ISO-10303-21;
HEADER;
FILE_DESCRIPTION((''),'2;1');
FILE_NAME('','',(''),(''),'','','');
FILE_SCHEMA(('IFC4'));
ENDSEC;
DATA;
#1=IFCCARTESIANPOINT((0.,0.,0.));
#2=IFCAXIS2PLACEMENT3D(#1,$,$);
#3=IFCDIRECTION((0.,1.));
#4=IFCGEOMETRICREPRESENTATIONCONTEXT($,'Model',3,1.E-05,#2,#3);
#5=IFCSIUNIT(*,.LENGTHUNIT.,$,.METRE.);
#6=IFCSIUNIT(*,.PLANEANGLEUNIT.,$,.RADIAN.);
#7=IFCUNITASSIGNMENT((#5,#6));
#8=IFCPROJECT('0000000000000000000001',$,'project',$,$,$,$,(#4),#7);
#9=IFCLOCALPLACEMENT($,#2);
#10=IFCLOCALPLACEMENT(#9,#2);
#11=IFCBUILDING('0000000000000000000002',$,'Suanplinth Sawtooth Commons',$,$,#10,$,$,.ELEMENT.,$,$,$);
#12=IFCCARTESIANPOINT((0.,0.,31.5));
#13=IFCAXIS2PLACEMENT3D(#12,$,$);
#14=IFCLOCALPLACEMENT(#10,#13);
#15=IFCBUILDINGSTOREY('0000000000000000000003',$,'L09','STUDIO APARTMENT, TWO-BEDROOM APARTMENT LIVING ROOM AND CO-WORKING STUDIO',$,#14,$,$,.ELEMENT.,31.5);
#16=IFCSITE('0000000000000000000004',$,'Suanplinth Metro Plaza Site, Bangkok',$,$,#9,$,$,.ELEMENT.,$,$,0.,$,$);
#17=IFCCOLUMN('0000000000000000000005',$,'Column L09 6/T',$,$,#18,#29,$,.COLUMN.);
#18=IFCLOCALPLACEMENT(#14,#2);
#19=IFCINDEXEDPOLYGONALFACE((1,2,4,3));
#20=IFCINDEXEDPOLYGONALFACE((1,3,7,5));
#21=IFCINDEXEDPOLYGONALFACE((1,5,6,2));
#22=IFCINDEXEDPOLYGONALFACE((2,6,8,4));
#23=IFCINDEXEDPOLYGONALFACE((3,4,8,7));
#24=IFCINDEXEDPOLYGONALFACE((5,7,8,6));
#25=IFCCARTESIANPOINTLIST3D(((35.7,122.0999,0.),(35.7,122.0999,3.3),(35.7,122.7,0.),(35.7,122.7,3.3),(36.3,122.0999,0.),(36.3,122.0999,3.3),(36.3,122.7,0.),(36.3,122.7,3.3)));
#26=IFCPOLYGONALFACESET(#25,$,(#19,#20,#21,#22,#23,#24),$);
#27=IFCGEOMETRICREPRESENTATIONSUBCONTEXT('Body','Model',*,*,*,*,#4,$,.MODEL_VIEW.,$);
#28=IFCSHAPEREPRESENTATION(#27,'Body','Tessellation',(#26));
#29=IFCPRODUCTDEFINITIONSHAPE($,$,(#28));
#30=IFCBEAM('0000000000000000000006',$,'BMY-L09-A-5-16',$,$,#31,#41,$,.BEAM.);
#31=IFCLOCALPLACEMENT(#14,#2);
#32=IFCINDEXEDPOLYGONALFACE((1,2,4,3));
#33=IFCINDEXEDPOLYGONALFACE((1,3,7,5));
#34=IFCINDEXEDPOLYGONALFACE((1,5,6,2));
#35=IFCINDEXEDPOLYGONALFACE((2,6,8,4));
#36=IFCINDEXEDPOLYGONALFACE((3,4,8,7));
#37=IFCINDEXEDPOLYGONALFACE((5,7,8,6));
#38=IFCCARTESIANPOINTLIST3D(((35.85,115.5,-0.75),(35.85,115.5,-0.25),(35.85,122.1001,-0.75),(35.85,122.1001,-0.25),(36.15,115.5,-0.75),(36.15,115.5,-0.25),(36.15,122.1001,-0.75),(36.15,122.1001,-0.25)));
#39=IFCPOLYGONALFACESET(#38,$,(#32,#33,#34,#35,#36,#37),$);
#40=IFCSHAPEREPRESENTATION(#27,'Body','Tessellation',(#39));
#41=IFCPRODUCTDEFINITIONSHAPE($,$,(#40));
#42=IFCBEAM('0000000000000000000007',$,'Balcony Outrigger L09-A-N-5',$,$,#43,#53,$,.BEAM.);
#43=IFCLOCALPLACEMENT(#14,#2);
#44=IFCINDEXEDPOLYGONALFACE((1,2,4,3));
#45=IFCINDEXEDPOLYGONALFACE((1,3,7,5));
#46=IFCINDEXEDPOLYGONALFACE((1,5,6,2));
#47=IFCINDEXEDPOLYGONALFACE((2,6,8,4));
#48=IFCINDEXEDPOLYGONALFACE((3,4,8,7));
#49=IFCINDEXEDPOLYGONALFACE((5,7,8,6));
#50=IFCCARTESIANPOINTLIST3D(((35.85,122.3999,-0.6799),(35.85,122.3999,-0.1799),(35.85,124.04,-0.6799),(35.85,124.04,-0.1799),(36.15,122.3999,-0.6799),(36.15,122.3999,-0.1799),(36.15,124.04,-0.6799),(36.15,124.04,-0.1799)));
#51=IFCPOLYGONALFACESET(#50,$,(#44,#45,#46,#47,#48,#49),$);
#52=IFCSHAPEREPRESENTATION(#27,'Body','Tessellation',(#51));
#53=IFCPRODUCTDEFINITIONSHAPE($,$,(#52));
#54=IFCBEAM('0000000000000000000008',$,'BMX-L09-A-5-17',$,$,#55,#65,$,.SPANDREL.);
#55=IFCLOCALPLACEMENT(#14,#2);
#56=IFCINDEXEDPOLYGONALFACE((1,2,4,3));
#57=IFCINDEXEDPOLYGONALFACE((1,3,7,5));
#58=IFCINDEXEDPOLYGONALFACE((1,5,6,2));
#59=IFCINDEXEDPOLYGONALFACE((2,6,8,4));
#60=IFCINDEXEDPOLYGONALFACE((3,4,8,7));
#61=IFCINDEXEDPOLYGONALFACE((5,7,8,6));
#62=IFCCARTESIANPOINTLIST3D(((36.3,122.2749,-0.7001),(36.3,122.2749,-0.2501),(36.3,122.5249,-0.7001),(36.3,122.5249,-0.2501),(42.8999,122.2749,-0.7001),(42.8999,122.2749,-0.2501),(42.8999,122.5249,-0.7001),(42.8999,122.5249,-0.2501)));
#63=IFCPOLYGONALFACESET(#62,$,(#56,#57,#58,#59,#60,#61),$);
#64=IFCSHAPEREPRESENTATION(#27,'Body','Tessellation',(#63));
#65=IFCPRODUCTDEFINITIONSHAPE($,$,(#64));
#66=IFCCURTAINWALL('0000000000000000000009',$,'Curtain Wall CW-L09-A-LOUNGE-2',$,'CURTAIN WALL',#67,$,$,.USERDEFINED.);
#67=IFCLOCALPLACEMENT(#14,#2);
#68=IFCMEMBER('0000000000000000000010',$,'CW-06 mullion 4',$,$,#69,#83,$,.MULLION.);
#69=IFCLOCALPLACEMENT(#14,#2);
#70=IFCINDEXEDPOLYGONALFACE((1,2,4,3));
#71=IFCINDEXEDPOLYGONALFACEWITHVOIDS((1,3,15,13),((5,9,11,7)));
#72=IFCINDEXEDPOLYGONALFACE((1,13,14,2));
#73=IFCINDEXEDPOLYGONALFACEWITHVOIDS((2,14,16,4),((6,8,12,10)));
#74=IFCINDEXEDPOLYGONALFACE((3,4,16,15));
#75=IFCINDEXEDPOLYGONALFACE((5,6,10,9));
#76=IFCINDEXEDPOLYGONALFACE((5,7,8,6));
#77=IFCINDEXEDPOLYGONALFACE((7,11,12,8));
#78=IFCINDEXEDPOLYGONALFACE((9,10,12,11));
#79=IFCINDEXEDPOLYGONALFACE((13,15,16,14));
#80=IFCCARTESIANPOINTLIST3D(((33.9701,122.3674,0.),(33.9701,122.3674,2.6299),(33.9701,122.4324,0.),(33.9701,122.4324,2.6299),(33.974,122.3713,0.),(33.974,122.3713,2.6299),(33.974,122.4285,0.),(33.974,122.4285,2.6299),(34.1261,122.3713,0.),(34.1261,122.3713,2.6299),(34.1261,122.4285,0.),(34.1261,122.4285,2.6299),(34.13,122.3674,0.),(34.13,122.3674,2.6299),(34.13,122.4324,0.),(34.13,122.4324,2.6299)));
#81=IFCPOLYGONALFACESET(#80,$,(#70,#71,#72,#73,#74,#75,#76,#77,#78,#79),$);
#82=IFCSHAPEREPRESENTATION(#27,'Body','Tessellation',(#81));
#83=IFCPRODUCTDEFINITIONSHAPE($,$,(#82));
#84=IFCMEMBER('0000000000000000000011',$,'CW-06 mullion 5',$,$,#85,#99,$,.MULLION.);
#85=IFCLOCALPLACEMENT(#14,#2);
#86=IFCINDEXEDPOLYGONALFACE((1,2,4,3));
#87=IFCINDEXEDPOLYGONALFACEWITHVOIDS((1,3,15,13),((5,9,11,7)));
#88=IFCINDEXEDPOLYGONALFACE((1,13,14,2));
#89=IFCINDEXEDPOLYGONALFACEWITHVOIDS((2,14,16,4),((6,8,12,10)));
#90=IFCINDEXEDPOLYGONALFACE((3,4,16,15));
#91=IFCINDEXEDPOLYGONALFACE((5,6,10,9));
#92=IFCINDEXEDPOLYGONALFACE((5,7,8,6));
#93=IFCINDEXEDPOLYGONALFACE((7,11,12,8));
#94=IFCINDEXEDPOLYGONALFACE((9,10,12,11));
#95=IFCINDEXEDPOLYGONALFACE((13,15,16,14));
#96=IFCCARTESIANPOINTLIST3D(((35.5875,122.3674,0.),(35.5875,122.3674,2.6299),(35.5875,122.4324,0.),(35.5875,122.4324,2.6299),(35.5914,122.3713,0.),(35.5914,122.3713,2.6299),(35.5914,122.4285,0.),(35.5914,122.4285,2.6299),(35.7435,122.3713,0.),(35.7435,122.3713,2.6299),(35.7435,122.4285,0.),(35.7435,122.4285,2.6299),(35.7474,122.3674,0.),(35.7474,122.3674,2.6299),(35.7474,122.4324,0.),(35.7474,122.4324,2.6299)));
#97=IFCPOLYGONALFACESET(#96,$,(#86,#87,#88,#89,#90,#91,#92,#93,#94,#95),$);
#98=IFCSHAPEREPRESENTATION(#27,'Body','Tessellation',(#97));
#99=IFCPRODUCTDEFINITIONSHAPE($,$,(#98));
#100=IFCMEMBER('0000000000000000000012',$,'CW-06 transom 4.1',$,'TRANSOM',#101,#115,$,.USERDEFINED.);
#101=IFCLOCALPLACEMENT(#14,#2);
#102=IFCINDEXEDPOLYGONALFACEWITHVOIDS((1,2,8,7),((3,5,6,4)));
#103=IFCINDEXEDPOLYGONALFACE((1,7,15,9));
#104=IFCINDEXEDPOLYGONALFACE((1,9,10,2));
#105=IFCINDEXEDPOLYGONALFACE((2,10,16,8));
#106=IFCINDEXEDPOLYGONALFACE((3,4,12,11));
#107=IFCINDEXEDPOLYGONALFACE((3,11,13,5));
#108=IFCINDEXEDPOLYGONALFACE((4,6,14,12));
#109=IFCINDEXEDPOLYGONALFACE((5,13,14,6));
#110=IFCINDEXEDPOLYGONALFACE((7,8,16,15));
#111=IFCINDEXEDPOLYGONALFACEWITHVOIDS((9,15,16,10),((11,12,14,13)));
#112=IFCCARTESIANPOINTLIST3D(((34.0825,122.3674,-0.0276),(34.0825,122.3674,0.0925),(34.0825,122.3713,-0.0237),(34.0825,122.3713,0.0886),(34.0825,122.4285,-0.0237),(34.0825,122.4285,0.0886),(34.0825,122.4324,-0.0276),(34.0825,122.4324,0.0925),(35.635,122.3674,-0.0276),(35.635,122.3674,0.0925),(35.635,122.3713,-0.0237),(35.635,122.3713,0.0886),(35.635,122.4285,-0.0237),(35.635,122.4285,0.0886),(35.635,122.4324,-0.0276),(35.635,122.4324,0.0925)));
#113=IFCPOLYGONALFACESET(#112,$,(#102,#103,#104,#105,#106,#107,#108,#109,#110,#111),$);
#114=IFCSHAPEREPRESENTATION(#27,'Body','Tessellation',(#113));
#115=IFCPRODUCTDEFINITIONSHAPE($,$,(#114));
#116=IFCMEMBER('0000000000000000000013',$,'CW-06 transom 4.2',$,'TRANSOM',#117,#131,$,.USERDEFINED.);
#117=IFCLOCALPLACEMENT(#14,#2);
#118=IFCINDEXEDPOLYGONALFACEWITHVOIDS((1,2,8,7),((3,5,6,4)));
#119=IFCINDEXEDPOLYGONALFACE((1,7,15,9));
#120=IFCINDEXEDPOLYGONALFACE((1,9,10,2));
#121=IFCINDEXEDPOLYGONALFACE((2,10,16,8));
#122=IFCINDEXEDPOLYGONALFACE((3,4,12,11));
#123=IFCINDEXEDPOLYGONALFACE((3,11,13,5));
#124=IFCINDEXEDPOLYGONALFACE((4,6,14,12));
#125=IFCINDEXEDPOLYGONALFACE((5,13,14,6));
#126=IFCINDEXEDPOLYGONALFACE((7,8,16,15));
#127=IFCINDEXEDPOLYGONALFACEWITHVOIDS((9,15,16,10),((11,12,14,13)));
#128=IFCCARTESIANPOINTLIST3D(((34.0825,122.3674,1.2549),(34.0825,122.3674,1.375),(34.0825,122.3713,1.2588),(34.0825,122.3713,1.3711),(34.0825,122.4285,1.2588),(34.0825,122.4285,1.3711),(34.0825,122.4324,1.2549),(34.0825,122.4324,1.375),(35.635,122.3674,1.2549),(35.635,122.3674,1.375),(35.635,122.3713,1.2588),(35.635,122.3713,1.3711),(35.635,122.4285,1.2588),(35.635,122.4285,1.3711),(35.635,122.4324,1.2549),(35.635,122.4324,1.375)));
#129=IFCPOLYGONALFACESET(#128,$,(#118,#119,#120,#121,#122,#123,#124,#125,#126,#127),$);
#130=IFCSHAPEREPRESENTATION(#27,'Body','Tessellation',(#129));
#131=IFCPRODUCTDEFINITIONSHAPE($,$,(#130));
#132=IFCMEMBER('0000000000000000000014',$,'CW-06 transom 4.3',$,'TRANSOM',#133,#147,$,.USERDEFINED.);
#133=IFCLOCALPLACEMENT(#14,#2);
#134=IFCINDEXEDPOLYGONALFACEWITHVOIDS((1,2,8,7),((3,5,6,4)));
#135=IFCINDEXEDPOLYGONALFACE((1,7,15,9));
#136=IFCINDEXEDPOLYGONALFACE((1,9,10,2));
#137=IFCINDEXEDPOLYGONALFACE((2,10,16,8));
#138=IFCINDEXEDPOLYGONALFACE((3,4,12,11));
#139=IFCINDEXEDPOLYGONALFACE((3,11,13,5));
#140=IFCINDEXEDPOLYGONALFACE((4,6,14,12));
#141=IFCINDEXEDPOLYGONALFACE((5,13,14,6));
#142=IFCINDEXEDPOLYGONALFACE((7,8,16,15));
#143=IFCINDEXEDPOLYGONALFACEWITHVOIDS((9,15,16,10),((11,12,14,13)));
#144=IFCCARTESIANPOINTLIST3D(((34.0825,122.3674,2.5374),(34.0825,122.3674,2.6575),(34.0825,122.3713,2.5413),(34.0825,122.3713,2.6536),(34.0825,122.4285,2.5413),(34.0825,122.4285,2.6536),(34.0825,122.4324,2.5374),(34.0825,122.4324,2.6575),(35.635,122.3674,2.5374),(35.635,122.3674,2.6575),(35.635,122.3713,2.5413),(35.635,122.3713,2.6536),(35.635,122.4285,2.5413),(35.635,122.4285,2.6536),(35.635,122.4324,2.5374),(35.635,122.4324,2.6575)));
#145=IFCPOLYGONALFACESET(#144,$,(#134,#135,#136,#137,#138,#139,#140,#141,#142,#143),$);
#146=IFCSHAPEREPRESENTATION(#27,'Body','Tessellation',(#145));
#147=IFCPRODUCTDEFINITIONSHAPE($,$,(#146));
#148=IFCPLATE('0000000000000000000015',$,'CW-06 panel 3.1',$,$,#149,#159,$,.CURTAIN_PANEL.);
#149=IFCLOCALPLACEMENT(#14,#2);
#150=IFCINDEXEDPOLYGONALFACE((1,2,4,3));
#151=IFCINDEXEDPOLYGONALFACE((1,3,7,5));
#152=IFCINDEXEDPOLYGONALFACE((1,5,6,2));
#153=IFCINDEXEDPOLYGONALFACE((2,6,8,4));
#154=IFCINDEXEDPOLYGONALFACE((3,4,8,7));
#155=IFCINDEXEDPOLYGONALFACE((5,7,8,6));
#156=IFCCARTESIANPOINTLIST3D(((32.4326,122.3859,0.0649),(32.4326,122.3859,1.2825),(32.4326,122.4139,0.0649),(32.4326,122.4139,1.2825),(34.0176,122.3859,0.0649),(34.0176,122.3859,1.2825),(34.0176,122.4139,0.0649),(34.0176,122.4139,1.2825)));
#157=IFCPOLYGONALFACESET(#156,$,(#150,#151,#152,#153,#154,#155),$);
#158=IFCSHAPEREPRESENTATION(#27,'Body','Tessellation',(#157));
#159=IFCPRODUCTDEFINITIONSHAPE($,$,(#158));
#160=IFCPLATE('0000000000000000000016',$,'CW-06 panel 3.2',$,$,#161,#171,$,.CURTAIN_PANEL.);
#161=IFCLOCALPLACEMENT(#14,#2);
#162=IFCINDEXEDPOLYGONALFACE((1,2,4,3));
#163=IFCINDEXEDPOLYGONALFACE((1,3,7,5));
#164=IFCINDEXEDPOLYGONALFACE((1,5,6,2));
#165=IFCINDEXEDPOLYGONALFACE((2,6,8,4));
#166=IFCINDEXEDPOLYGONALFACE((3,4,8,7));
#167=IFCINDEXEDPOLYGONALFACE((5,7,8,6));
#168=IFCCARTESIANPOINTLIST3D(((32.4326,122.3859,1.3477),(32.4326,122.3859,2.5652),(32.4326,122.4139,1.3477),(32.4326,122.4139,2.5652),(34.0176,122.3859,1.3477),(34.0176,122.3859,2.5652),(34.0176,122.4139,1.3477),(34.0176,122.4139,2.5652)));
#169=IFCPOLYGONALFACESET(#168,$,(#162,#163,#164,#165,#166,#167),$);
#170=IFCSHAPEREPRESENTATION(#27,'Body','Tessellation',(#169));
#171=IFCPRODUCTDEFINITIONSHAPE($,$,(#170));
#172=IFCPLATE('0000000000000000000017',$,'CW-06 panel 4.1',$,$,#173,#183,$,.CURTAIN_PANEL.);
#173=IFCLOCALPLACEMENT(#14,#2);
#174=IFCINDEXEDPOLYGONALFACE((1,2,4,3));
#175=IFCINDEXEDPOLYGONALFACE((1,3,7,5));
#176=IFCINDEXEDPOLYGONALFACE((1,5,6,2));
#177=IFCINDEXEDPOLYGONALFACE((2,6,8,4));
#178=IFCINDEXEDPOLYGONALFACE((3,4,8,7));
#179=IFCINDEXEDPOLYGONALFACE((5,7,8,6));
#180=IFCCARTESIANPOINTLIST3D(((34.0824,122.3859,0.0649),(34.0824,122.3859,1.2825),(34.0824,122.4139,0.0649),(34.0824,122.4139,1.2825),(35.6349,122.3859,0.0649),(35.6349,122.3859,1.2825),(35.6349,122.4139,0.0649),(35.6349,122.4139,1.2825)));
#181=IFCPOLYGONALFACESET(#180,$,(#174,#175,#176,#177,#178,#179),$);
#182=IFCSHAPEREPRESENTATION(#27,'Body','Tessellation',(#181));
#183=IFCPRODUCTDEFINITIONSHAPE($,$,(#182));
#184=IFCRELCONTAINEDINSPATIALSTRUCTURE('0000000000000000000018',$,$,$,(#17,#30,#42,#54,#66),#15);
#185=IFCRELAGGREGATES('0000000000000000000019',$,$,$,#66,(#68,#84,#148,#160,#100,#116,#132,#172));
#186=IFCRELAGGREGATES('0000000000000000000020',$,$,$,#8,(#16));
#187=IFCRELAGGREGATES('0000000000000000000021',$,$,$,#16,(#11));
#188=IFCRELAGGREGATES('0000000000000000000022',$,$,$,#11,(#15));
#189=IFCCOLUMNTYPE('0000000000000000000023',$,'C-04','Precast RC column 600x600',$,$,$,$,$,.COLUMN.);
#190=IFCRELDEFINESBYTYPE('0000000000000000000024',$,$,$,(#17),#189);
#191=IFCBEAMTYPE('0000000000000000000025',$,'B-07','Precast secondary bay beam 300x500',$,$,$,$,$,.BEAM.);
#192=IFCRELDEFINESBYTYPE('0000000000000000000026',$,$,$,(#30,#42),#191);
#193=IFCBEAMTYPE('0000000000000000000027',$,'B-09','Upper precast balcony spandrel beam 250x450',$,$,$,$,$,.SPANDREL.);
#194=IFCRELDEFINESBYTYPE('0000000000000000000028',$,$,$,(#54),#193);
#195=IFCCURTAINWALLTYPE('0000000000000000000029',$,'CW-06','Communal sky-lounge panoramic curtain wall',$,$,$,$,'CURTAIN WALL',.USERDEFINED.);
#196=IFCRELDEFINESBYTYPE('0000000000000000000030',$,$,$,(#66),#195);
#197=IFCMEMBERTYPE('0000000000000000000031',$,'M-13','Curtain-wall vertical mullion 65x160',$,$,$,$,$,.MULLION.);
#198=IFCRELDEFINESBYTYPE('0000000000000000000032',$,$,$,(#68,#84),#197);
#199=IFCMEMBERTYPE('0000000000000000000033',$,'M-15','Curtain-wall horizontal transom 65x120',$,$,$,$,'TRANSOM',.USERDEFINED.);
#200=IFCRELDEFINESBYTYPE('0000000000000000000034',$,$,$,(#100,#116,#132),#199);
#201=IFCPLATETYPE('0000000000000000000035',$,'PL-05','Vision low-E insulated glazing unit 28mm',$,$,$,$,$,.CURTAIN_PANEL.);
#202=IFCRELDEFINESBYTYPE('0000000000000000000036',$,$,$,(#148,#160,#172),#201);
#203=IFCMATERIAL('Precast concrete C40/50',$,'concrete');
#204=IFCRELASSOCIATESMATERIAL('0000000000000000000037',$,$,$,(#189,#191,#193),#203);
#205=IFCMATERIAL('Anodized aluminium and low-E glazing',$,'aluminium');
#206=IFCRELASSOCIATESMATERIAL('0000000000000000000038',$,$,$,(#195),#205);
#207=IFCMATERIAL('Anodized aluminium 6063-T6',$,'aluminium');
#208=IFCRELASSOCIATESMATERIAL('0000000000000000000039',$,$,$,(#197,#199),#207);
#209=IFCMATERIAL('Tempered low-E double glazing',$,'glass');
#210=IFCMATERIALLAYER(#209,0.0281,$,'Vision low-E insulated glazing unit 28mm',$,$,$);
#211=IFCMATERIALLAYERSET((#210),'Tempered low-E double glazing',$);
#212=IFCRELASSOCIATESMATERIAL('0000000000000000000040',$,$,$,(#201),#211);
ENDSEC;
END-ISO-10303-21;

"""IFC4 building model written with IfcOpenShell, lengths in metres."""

from ifc_helpers import new_model, si_unit, direction, frame, origin, origin_2d, place, context, subcontext, project, spatial, rectangle, hollow_rectangle, extrude, material, layer, layer_set, material_profile, profile_set, type_object, element, aggregate, save


model = new_model("IFC4")

# Units and contexts
model_context = context("Model", 3, precision=1e-05, world=origin(), true_north=direction((0.0, 1.0)))
body_context = subcontext(model_context, "Body", "Model", "MODEL_VIEW")
ifc_project = project(units=[si_unit("LENGTHUNIT", "METRE"), si_unit("PLANEANGLEUNIT", "RADIAN")], contexts=[model_context])

# Site, building, storey
site_placement = place(None, origin())
site = spatial("IfcSite", under=ifc_project, at=site_placement, Name="Suanplinth Metro Plaza Site, Bangkok", CompositionType="ELEMENT", RefElevation=0.0)
building_placement = place(site_placement, origin())
building = spatial("IfcBuilding", under=site, at=building_placement, Name="Suanplinth Sawtooth Commons", CompositionType="ELEMENT")
storey_placement = place(building_placement, frame((0.0, 0.0, 31.5)))
storey = spatial("IfcBuildingStorey", under=building, at=storey_placement, Name="L09", Description="STUDIO APARTMENT, TWO-BEDROOM APARTMENT LIVING ROOM AND CO-WORKING STUDIO", CompositionType="ELEMENT", Elevation=31.5)

# Column
ifc_material_1 = material(Name="Precast concrete C40/50", Category="concrete")
ifc_material_profile_1 = material_profile(ifc_material_1, rectangle(XDim=0.6001, YDim=0.6001, at=origin_2d()), Name="PC-COL 600x600")
ifc_profile_set_1 = profile_set([ifc_material_profile_1], Name="Precast concrete C40/50")
column_type = type_object("IfcColumnType", Name="C-04", Description="Precast RC column 600x600", PredefinedType="COLUMN", material=ifc_profile_set_1)
column_placement = place(storey_placement, frame((36.0, 122.3999, 0.0), z_axis=(0.0, 0.0, 1.0), x_axis=(1.0, 0.0, 0.0)))
element("IfcColumn", 1, at=column_placement, inside=storey, type_object=column_type, Name="Column L09 6/T", PredefinedType="COLUMN", context=body_context, shape_type="SweptSolid", body=[
    extrude(rectangle(XDim=0.6001, YDim=0.6001, at=origin_2d()), origin(), (0.0, 0.0, 1.0), 3.3),
])

# Beams
ifc_material_profile_2 = material_profile(ifc_material_1, rectangle(XDim=0.3, YDim=0.5, at=origin_2d()), Name="PC-BM 300x500")
ifc_profile_set_2 = profile_set([ifc_material_profile_2], Name="Precast concrete C40/50")
beam_type_1 = type_object("IfcBeamType", Name="B-07", Description="Precast secondary bay beam 300x500", PredefinedType="BEAM", material=ifc_profile_set_2)
beam_1_placement = place(storey_placement, frame((36.0, 115.5, -0.5), z_axis=(0.0, 1.0, 0.0), x_axis=(-1.0, 0.0, 0.0)))
element("IfcBeam", 2, at=beam_1_placement, inside=storey, type_object=beam_type_1, Name="BMY-L09-A-5-16", PredefinedType="BEAM", context=body_context, shape_type="SweptSolid", body=[
    extrude(rectangle(XDim=0.3, YDim=0.5, at=origin_2d()), origin(), (0.0, 0.0, 1.0), 6.6001),
])
beam_2_placement = place(storey_placement, frame((36.0, 122.3999, -0.4299), z_axis=(0.0, 1.0, 0.0), x_axis=(-1.0, 0.0, 0.0)))
element("IfcBeam", 3, at=beam_2_placement, inside=storey, type_object=beam_type_1, Name="Balcony Outrigger L09-A-N-5", PredefinedType="BEAM", context=body_context, shape_type="SweptSolid", body=[
    extrude(rectangle(XDim=0.3, YDim=0.5, at=origin_2d()), origin(), (0.0, 0.0, 1.0), 1.6401),
])
ifc_material_profile_3 = material_profile(ifc_material_1, rectangle(XDim=0.25, YDim=0.45, at=origin_2d()), Name="PC-SP 250x450")
ifc_profile_set_3 = profile_set([ifc_material_profile_3], Name="Precast concrete C40/50")
beam_type_2 = type_object("IfcBeamType", Name="B-09", Description="Upper precast balcony spandrel beam 250x450", PredefinedType="SPANDREL", material=ifc_profile_set_3)
beam_3_placement = place(storey_placement, frame((36.3, 122.3999, -0.4751), z_axis=(1.0, 0.0, 0.0), x_axis=(0.0, 1.0, 0.0)))
element("IfcBeam", 4, at=beam_3_placement, inside=storey, type_object=beam_type_2, Name="BMX-L09-A-5-17", PredefinedType="SPANDREL", context=body_context, shape_type="SweptSolid", body=[
    extrude(rectangle(XDim=0.25, YDim=0.45, at=origin_2d()), origin(), (0.0, 0.0, 1.0), 6.5999),
])

# Curtain wall, members, plates
ifc_material_2 = material(Name="Anodized aluminium and low-E glazing", Category="aluminium")
curtain_wall_type = type_object("IfcCurtainWallType", Name="CW-06", Description="Communal sky-lounge panoramic curtain wall", ElementType="CURTAIN WALL", PredefinedType="USERDEFINED", material=ifc_material_2)
curtain_wall_placement = place(storey_placement, origin())
curtain_wall = element("IfcCurtainWall", 5, at=curtain_wall_placement, inside=storey, type_object=curtain_wall_type, Name="Curtain Wall CW-L09-A-LOUNGE-2", ObjectType="CURTAIN WALL", PredefinedType="USERDEFINED")
ifc_material_3 = material(Name="Anodized aluminium 6063-T6", Category="aluminium")
ifc_material_profile_4 = material_profile(ifc_material_3, hollow_rectangle(XDim=0.0649, YDim=0.1599, WallThickness=0.0039, at=origin_2d()), Name="ALU-MUL 65x160")
ifc_profile_set_4 = profile_set([ifc_material_profile_4], Name="Anodized aluminium 6063-T6")
member_type_1 = type_object("IfcMemberType", Name="M-13", Description="Curtain-wall vertical mullion 65x160", PredefinedType="MULLION", material=ifc_profile_set_4)
member_1_placement = place(storey_placement, frame((34.05, 122.3999, 0.0), z_axis=(0.0, 0.0, 1.0), x_axis=(0.0, 1.0, 0.0)))
member_1 = element("IfcMember", 6, at=member_1_placement, type_object=member_type_1, Name="CW-06 mullion 4", PredefinedType="MULLION", context=body_context, shape_type="SweptSolid", body=[
    extrude(hollow_rectangle(XDim=0.0649, YDim=0.1599, WallThickness=0.0039, at=origin_2d()), origin(), (0.0, 0.0, 1.0), 2.6299),
])
member_2_placement = place(storey_placement, frame((35.6675, 122.3999, 0.0), z_axis=(0.0, 0.0, 1.0), x_axis=(0.0, 1.0, 0.0)))
member_2 = element("IfcMember", 7, at=member_2_placement, type_object=member_type_1, Name="CW-06 mullion 5", PredefinedType="MULLION", context=body_context, shape_type="SweptSolid", body=[
    extrude(hollow_rectangle(XDim=0.0649, YDim=0.1599, WallThickness=0.0039, at=origin_2d()), origin(), (0.0, 0.0, 1.0), 2.6299),
])
ifc_material_profile_5 = material_profile(ifc_material_3, hollow_rectangle(XDim=0.0649, YDim=0.1201, WallThickness=0.0039, at=origin_2d()), Name="ALU-TRN 65x120")
ifc_profile_set_5 = profile_set([ifc_material_profile_5], Name="Anodized aluminium 6063-T6")
member_type_2 = type_object("IfcMemberType", Name="M-15", Description="Curtain-wall horizontal transom 65x120", ElementType="TRANSOM", PredefinedType="USERDEFINED", material=ifc_profile_set_5)
member_3_placement = place(storey_placement, frame((34.0825, 122.3999, 0.0325), z_axis=(1.0, 0.0, 0.0), x_axis=(0.0, 1.0, 0.0)))
member_3 = element("IfcMember", 8, at=member_3_placement, type_object=member_type_2, Name="CW-06 transom 4.1", ObjectType="TRANSOM", PredefinedType="USERDEFINED", context=body_context, shape_type="SweptSolid", body=[
    extrude(hollow_rectangle(XDim=0.0649, YDim=0.1201, WallThickness=0.0039, at=origin_2d()), origin(), (0.0, 0.0, 1.0), 1.5525),
])
member_4_placement = place(storey_placement, frame((34.0825, 122.3999, 1.3149), z_axis=(1.0, 0.0, 0.0), x_axis=(0.0, 1.0, 0.0)))
member_4 = element("IfcMember", 9, at=member_4_placement, type_object=member_type_2, Name="CW-06 transom 4.2", ObjectType="TRANSOM", PredefinedType="USERDEFINED", context=body_context, shape_type="SweptSolid", body=[
    extrude(hollow_rectangle(XDim=0.0649, YDim=0.1201, WallThickness=0.0039, at=origin_2d()), origin(), (0.0, 0.0, 1.0), 1.5525),
])
member_5_placement = place(storey_placement, frame((34.0825, 122.3999, 2.5974), z_axis=(1.0, 0.0, 0.0), x_axis=(0.0, 1.0, 0.0)))
member_5 = element("IfcMember", 10, at=member_5_placement, type_object=member_type_2, Name="CW-06 transom 4.3", ObjectType="TRANSOM", PredefinedType="USERDEFINED", context=body_context, shape_type="SweptSolid", body=[
    extrude(hollow_rectangle(XDim=0.0649, YDim=0.1201, WallThickness=0.0039, at=origin_2d()), origin(), (0.0, 0.0, 1.0), 1.5525),
])
ifc_material_4 = material(Name="Tempered low-E double glazing", Category="glass")
ifc_layer_1 = layer(ifc_material_4, 0.0281, Name="Vision low-E insulated glazing unit 28mm")
ifc_layer_set_1 = layer_set([ifc_layer_1], Name="Tempered low-E double glazing")
plate_type = type_object("IfcPlateType", Name="PL-05", Description="Vision low-E insulated glazing unit 28mm", PredefinedType="CURTAIN_PANEL", material=ifc_layer_set_1)
plate_1_placement = place(storey_placement, frame((33.2251, 122.3999, 0.0649), z_axis=(0.0, 0.0, 1.0), x_axis=(1.0, 0.0, 0.0)))
plate_1 = element("IfcPlate", 11, at=plate_1_placement, type_object=plate_type, Name="CW-06 panel 3.1", PredefinedType="CURTAIN_PANEL", context=body_context, shape_type="SweptSolid", body=[
    extrude(rectangle(XDim=1.585, YDim=0.0281, at=origin_2d()), origin(), (0.0, 0.0, 1.0), 1.2175),
])
plate_2_placement = place(storey_placement, frame((33.2251, 122.3999, 1.3477), z_axis=(0.0, 0.0, 1.0), x_axis=(1.0, 0.0, 0.0)))
plate_2 = element("IfcPlate", 12, at=plate_2_placement, type_object=plate_type, Name="CW-06 panel 3.2", PredefinedType="CURTAIN_PANEL", context=body_context, shape_type="SweptSolid", body=[
    extrude(rectangle(XDim=1.585, YDim=0.0281, at=origin_2d()), origin(), (0.0, 0.0, 1.0), 1.2175),
])
plate_3_placement = place(storey_placement, frame((34.8586, 122.3999, 0.0649), z_axis=(0.0, 0.0, 1.0), x_axis=(1.0, 0.0, 0.0)))
plate_3 = element("IfcPlate", 13, at=plate_3_placement, type_object=plate_type, Name="CW-06 panel 4.1", PredefinedType="CURTAIN_PANEL", context=body_context, shape_type="SweptSolid", body=[
    extrude(rectangle(XDim=1.5525, YDim=0.0281, at=origin_2d()), origin(), (0.0, 0.0, 1.0), 1.2175),
])
aggregate(curtain_wall, [member_1, member_2, plate_1, plate_2, member_3, member_4, member_5, plate_3])

save(model, "model.ifc")
